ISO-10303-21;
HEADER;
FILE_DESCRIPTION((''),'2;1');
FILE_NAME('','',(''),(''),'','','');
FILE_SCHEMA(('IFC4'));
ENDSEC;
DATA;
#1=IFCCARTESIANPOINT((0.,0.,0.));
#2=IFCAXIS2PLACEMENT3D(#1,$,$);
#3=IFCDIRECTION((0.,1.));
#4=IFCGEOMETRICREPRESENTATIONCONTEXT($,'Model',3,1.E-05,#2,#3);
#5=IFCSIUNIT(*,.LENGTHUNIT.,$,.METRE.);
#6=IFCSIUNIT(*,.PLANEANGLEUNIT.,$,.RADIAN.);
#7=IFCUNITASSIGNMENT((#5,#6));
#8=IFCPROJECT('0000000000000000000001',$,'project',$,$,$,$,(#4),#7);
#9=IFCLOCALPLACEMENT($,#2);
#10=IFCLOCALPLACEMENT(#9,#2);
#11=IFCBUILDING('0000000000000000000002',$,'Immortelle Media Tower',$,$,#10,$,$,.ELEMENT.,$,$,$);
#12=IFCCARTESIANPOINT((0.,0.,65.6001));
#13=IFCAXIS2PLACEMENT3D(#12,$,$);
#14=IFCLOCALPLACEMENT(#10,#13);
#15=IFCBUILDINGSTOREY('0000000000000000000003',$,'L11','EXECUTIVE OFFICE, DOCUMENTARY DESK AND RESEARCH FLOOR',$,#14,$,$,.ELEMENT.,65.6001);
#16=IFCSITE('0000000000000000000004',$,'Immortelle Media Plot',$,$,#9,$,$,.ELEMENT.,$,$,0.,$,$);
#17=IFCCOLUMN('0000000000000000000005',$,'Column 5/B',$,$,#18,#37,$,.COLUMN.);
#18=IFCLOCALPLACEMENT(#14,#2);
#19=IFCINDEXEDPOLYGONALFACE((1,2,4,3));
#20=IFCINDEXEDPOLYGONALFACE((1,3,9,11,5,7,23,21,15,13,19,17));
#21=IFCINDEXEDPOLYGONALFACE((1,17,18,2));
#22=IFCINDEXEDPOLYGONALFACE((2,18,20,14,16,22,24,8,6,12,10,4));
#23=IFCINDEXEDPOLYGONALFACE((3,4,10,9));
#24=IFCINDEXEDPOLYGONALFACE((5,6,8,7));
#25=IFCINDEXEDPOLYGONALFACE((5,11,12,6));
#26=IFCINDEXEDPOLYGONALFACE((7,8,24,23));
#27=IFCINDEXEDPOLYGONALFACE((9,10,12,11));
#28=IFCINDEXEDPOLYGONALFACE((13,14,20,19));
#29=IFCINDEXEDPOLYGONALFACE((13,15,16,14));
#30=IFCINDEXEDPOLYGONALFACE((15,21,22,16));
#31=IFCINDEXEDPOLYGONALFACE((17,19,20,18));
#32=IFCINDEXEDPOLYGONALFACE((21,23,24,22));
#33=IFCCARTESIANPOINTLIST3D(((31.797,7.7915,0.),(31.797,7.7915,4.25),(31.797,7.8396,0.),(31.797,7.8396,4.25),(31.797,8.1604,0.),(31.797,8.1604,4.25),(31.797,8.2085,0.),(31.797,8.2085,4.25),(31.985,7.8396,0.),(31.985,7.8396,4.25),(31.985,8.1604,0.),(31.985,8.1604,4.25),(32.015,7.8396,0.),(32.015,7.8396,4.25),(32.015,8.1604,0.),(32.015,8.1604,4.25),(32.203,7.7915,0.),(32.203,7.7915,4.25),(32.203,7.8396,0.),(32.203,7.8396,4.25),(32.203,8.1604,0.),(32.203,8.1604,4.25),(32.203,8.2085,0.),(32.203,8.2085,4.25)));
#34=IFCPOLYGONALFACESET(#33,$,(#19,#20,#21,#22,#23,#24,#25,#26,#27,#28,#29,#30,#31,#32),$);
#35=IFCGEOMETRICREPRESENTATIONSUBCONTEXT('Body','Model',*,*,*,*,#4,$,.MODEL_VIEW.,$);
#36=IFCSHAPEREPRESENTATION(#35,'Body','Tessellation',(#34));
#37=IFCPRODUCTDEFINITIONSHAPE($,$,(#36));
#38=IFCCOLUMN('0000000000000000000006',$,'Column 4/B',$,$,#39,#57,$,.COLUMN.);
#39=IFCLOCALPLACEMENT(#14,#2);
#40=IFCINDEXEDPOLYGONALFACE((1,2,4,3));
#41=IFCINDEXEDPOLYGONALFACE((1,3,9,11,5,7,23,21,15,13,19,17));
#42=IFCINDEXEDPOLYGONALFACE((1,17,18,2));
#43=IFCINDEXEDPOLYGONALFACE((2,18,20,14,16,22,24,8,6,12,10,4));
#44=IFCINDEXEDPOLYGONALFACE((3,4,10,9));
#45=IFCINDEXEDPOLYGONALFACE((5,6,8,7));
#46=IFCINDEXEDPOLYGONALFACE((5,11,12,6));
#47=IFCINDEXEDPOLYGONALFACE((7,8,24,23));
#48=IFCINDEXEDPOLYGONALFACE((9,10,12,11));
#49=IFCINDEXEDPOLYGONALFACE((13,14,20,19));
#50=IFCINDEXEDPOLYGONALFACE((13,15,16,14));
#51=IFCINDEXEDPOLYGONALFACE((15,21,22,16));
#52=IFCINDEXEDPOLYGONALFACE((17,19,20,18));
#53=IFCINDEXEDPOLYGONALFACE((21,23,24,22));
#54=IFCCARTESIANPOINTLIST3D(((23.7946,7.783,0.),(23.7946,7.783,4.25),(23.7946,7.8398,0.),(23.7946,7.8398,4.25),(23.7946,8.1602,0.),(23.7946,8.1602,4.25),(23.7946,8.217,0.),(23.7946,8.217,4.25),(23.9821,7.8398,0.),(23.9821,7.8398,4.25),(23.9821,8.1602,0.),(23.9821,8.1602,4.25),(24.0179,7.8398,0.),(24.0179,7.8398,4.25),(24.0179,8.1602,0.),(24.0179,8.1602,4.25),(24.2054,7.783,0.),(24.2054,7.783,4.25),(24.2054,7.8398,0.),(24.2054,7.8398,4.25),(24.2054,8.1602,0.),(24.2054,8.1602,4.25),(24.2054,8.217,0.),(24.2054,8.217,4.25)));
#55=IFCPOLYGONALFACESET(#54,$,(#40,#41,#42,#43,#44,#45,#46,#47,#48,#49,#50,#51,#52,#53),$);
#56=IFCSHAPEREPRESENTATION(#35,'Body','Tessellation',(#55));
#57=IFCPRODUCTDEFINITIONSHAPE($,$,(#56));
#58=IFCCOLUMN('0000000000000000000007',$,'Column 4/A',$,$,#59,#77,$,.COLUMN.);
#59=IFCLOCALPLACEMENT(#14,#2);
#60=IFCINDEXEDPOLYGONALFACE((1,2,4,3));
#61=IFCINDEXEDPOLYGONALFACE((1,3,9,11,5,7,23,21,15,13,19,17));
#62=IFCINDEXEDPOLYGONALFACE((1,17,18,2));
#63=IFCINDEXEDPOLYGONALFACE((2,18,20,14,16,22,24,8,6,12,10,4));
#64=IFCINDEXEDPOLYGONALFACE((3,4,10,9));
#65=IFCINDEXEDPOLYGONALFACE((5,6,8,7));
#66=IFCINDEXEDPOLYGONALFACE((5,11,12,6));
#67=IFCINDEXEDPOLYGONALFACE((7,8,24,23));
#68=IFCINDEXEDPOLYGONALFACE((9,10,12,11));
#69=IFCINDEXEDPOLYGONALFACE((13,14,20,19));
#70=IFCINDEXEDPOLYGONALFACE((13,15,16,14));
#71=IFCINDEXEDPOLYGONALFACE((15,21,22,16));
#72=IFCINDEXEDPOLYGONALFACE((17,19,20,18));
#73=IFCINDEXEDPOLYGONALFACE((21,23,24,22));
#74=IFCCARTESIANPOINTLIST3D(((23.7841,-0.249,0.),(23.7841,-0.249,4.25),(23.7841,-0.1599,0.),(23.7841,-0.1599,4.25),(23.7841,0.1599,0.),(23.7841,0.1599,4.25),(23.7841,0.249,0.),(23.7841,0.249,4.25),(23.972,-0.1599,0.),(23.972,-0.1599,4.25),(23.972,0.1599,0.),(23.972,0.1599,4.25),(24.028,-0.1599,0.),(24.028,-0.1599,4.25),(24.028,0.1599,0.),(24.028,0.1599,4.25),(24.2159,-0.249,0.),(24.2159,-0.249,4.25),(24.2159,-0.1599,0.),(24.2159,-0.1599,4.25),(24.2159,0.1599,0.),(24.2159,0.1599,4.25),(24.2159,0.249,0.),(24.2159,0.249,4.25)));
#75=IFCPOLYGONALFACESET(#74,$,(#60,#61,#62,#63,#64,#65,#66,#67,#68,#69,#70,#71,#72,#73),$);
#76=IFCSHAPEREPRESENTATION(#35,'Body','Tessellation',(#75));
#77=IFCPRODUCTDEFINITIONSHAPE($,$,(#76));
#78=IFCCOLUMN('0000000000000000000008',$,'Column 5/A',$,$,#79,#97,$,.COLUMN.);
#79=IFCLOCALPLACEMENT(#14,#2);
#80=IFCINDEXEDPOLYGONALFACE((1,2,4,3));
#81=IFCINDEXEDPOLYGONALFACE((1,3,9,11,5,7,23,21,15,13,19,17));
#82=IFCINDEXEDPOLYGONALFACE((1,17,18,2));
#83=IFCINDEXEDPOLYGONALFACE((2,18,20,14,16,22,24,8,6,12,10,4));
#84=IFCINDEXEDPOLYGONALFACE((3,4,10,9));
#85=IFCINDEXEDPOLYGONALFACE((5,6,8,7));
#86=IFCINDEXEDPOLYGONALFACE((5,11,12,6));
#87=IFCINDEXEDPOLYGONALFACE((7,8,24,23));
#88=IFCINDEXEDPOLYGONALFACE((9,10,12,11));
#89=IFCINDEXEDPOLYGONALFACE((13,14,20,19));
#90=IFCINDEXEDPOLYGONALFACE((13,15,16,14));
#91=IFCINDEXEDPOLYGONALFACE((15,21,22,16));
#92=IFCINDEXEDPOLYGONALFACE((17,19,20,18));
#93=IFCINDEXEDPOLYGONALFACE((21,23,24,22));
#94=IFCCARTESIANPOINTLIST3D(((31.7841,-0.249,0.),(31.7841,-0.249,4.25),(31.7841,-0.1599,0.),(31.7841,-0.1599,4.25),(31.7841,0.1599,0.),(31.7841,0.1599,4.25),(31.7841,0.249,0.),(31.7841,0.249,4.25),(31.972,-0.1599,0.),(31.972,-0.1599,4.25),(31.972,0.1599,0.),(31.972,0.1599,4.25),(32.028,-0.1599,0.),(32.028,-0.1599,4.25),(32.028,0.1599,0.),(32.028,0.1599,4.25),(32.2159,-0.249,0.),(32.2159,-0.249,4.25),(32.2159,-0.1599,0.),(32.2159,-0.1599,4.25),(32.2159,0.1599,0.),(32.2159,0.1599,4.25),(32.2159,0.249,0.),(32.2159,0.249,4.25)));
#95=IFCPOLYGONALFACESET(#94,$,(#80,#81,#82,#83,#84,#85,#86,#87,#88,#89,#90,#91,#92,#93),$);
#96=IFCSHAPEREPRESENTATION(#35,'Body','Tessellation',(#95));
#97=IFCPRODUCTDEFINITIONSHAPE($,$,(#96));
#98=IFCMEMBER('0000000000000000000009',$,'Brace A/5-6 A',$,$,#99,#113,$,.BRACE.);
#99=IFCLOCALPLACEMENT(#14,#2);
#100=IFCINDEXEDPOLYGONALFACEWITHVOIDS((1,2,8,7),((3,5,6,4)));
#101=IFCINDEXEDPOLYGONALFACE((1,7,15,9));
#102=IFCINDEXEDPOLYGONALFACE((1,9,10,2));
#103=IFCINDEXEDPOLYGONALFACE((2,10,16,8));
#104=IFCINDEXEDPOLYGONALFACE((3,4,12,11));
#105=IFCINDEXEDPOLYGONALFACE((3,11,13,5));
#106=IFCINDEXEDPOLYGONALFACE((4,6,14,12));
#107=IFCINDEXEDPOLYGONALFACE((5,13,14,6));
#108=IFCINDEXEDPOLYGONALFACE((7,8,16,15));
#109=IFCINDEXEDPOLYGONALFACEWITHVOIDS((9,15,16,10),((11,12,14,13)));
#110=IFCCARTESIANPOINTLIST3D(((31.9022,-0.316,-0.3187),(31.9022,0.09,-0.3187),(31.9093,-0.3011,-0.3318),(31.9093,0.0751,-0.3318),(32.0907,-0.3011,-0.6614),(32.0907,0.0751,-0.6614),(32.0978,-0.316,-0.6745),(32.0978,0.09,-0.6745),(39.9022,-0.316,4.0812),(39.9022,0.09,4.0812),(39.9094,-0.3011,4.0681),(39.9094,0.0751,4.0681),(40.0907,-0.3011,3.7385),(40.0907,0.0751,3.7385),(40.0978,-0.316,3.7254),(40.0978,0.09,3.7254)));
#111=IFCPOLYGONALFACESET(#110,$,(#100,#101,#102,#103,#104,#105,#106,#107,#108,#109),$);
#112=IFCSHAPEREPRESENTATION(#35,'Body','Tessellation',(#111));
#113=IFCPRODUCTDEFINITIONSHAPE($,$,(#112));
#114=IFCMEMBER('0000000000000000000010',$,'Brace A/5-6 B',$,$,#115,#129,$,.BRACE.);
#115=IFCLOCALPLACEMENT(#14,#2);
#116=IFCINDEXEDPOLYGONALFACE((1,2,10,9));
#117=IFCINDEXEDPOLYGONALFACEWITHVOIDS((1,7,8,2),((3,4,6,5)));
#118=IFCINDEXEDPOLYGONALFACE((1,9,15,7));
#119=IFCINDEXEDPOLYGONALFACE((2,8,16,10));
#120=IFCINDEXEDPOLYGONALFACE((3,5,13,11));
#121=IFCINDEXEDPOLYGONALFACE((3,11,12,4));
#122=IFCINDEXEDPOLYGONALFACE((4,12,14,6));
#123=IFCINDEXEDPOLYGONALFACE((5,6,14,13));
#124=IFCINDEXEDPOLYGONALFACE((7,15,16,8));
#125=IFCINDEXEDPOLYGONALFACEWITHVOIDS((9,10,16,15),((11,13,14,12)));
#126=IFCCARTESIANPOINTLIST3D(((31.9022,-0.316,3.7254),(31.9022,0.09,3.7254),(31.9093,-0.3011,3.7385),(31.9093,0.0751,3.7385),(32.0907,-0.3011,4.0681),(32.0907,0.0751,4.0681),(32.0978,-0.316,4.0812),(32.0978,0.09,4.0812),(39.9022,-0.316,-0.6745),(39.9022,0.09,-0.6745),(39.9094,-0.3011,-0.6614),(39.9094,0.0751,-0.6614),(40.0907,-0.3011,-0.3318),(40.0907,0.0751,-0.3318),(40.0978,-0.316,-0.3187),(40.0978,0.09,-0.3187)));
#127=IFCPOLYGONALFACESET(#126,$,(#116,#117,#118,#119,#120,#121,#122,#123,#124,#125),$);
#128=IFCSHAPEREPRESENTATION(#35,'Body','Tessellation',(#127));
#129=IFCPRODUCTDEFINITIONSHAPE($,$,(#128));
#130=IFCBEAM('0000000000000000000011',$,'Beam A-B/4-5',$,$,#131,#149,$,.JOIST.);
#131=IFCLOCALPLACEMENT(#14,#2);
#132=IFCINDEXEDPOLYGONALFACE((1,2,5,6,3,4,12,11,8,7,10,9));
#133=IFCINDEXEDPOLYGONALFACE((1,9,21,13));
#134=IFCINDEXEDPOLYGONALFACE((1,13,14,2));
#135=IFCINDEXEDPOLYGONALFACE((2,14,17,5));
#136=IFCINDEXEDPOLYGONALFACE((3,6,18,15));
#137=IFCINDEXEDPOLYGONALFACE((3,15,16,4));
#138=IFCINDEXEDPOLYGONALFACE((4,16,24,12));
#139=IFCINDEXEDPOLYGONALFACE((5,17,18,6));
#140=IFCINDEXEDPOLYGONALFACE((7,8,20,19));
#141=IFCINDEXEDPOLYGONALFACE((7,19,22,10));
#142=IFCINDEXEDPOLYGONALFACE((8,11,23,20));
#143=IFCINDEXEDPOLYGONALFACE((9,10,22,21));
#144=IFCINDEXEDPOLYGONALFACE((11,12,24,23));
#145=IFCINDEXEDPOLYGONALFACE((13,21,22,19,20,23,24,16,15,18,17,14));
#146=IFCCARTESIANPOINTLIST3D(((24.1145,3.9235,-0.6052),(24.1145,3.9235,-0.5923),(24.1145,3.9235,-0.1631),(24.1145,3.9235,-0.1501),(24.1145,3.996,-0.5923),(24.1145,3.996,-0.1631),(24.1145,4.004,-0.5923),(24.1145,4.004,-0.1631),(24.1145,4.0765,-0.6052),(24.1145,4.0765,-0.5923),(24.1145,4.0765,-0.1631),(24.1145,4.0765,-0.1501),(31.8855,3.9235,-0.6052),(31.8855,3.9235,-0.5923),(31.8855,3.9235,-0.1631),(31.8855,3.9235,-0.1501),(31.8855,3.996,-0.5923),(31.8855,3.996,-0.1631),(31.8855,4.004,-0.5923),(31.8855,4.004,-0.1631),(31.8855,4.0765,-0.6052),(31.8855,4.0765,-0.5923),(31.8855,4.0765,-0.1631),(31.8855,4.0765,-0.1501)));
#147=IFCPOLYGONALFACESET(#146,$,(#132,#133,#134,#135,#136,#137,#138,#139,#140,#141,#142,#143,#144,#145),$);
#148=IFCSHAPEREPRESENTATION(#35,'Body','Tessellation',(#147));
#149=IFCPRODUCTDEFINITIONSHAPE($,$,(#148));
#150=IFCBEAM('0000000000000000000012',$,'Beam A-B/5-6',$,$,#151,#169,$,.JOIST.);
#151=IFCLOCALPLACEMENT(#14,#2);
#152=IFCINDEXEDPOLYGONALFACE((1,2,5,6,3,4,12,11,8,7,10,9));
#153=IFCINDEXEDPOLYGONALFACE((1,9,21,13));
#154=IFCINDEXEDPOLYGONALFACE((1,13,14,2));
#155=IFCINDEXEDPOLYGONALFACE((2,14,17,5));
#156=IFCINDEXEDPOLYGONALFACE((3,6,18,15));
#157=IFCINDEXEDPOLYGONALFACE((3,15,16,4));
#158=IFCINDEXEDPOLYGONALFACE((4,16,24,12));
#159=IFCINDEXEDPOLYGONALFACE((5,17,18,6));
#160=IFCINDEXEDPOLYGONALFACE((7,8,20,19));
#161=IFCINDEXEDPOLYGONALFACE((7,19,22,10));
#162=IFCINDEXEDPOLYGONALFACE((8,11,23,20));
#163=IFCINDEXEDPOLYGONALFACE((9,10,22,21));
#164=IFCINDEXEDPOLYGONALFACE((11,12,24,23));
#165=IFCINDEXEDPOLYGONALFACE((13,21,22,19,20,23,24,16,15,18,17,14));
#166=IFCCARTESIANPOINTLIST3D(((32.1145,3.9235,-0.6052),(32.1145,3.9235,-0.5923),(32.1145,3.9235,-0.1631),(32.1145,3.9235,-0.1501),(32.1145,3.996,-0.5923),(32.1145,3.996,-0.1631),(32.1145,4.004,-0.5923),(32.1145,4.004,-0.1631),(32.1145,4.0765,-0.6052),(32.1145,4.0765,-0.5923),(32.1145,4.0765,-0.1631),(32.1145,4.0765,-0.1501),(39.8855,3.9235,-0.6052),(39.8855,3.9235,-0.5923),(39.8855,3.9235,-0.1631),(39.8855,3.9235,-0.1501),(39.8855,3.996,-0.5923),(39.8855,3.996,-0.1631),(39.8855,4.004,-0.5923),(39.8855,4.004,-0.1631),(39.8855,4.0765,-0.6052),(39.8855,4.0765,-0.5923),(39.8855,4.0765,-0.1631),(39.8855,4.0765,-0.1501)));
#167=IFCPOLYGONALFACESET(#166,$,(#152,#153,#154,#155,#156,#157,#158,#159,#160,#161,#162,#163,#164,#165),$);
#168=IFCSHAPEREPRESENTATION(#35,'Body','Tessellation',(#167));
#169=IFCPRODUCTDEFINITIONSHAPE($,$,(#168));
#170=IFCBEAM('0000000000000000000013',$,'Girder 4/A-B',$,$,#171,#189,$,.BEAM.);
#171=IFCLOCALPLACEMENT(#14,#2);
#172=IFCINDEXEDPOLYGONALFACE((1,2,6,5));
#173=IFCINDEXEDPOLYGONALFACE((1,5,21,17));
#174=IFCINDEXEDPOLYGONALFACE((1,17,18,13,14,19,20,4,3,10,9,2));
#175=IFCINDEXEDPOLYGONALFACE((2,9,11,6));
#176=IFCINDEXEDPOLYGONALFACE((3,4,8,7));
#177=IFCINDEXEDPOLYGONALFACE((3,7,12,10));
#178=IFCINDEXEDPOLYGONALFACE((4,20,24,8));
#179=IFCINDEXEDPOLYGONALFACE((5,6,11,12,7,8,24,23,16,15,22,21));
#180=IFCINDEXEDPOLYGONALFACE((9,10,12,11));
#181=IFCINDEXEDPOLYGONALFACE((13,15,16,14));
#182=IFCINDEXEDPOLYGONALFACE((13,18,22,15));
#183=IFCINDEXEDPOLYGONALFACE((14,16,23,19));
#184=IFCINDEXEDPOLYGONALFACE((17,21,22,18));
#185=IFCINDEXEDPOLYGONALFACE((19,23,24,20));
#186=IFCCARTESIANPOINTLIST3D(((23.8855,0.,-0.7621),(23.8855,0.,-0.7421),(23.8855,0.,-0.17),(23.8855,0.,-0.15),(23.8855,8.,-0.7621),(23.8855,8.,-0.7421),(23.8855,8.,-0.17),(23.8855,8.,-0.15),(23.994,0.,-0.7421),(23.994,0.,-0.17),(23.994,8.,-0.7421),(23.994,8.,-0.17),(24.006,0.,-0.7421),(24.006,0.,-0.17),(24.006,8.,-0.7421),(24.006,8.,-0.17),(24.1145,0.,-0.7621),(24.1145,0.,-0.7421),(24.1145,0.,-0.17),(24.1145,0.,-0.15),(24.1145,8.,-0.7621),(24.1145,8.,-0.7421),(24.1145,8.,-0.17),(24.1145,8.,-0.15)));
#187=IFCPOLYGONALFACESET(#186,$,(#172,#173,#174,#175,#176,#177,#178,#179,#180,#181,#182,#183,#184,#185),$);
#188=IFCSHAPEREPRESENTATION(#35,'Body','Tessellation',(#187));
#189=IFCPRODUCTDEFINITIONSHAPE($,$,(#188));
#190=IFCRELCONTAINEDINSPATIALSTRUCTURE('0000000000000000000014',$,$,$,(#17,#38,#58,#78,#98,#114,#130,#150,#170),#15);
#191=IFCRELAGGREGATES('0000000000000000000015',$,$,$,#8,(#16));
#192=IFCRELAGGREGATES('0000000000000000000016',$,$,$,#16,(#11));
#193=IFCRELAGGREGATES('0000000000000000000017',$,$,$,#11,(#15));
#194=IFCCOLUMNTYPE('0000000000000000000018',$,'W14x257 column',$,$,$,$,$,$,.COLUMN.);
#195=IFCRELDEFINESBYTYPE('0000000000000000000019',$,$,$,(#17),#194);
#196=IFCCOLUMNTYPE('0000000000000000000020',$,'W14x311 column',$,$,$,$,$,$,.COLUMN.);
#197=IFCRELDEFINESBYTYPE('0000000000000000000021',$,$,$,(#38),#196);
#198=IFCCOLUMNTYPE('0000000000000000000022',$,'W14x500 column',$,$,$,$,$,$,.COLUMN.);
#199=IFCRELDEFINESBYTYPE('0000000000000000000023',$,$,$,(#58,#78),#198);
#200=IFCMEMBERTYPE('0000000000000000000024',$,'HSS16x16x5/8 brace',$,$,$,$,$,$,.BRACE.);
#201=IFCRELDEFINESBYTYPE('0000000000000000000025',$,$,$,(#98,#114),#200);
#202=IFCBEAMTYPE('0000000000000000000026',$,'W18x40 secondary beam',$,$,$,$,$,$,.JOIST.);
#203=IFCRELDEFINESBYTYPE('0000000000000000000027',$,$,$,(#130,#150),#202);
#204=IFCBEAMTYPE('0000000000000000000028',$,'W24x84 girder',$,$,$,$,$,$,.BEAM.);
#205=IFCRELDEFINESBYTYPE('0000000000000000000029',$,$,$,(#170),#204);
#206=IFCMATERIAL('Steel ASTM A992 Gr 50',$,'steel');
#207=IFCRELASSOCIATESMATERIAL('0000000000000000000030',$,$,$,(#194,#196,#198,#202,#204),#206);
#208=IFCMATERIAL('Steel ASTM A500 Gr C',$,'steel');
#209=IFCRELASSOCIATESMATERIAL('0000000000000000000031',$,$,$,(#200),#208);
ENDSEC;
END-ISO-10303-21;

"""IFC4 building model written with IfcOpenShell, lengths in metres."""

from ifc_helpers import new_model, si_unit, direction, frame, origin, origin_2d, place, context, subcontext, project, spatial, hollow_rectangle, i_section, extrude, material, material_profile, profile_set, type_object, element, save


model = new_model("IFC4")

# Units and contexts
model_context = context("Model", 3, precision=1e-05, world=origin(), true_north=direction((0.0, 1.0)))
body_context = subcontext(model_context, "Body", "Model", "MODEL_VIEW")
ifc_project = project(units=[si_unit("LENGTHUNIT", "METRE"), si_unit("PLANEANGLEUNIT", "RADIAN")], contexts=[model_context])

# Site, building, storey
site_placement = place(None, origin())
site = spatial("IfcSite", under=ifc_project, at=site_placement, Name="Immortelle Media Plot", CompositionType="ELEMENT", RefElevation=0.0)
building_placement = place(site_placement, origin())
building = spatial("IfcBuilding", under=site, at=building_placement, Name="Immortelle Media Tower", CompositionType="ELEMENT")
storey_placement = place(building_placement, frame((0.0, 0.0, 65.6001)))
storey = spatial("IfcBuildingStorey", under=building, at=storey_placement, Name="L11", Description="EXECUTIVE OFFICE, DOCUMENTARY DESK AND RESEARCH FLOOR", CompositionType="ELEMENT", Elevation=65.6001)

# Columns
ifc_material_1 = material(Name="Steel ASTM A992 Gr 50", Category="steel")
ifc_material_profile_1 = material_profile(ifc_material_1, i_section(OverallWidth=0.406, OverallDepth=0.417, WebThickness=0.03, FlangeThickness=0.0481, at=origin_2d()), Name="W14x257")
ifc_profile_set_1 = profile_set([ifc_material_profile_1], Name="Steel ASTM A992 Gr 50")
column_type_1 = type_object("IfcColumnType", Name="W14x257 column", PredefinedType="COLUMN", material=ifc_profile_set_1)
column_1_placement = place(storey_placement, frame((32.0, 8.0, 0.0), z_axis=(0.0, 0.0, 1.0), x_axis=(1.0, 0.0, 0.0)))
element("IfcColumn", 1, at=column_1_placement, inside=storey, type_object=column_type_1, Name="Column 5/B", PredefinedType="COLUMN", context=body_context, shape_type="SweptSolid", body=[
    extrude(i_section(OverallWidth=0.406, OverallDepth=0.417, WebThickness=0.03, FlangeThickness=0.0481, at=origin_2d()), origin(), (0.0, 0.0, 1.0), 4.25),
])
ifc_material_profile_2 = material_profile(ifc_material_1, i_section(OverallWidth=0.4109, OverallDepth=0.4341, WebThickness=0.0359, FlangeThickness=0.0569, at=origin_2d()), Name="W14x311")
ifc_profile_set_2 = profile_set([ifc_material_profile_2], Name="Steel ASTM A992 Gr 50")
column_type_2 = type_object("IfcColumnType", Name="W14x311 column", PredefinedType="COLUMN", material=ifc_profile_set_2)
column_2_placement = place(storey_placement, frame((24.0, 8.0, 0.0), z_axis=(0.0, 0.0, 1.0), x_axis=(1.0, 0.0, 0.0)))
element("IfcColumn", 2, at=column_2_placement, inside=storey, type_object=column_type_2, Name="Column 4/B", PredefinedType="COLUMN", context=body_context, shape_type="SweptSolid", body=[
    extrude(i_section(OverallWidth=0.4109, OverallDepth=0.4341, WebThickness=0.0359, FlangeThickness=0.0569, at=origin_2d()), origin(), (0.0, 0.0, 1.0), 4.25),
])
ifc_material_profile_3 = material_profile(ifc_material_1, i_section(OverallWidth=0.4319, OverallDepth=0.498, WebThickness=0.0559, FlangeThickness=0.0891, at=origin_2d()), Name="W14x500")
ifc_profile_set_3 = profile_set([ifc_material_profile_3], Name="Steel ASTM A992 Gr 50")
column_type_3 = type_object("IfcColumnType", Name="W14x500 column", PredefinedType="COLUMN", material=ifc_profile_set_3)
for number, where, z_axis, x_axis, name in (
    (3, (24.0, 0.0, 0.0), (0.0, 0.0, 1.0), (1.0, 0.0, 0.0), "Column 4/A"),
    (4, (32.0, 0.0, 0.0), (0.0, 0.0, 1.0), (1.0, 0.0, 0.0), "Column 5/A"),
):
    element("IfcColumn", number, at=place(storey_placement, frame(where, z_axis=z_axis, x_axis=x_axis)), inside=storey, type_object=column_type_3, Name=name, PredefinedType="COLUMN", context=body_context, shape_type="SweptSolid", body=[
        extrude(i_section(OverallWidth=0.4319, OverallDepth=0.498, WebThickness=0.0559, FlangeThickness=0.0891, at=origin_2d()), origin(), (0.0, 0.0, 1.0), 4.25),
    ])

# Members
ifc_material_2 = material(Name="Steel ASTM A500 Gr C", Category="steel")
ifc_material_profile_4 = material_profile(ifc_material_2, hollow_rectangle(XDim=0.406, YDim=0.406, WallThickness=0.0149, at=origin_2d()), Name="HSS16x16x5/8 brace")
ifc_profile_set_4 = profile_set([ifc_material_profile_4], Name="Steel ASTM A500 Gr C")
member_type = type_object("IfcMemberType", Name="HSS16x16x5/8 brace", PredefinedType="BRACE", material=ifc_profile_set_4)
for number, where, z_axis, x_axis, name in (
    (5, (32.0, -0.113, -0.4966), (0.87622, 0.0, 0.481911), (0.0, 1.0, 0.0), "Brace A/5-6 A"),
    (6, (32.0, -0.113, 3.9033), (0.87622, 0.0, -0.481911), (0.0, 1.0, 0.0), "Brace A/5-6 B"),
):
    element("IfcMember", number, at=place(storey_placement, frame(where, z_axis=z_axis, x_axis=x_axis)), inside=storey, type_object=member_type, Name=name, PredefinedType="BRACE", context=body_context, shape_type="SweptSolid", body=[
        extrude(hollow_rectangle(XDim=0.406, YDim=0.406, WallThickness=0.0149, at=origin_2d()), origin(), (0.0, 0.0, 1.0), 9.1301),
    ])

# Beams
ifc_material_profile_5 = material_profile(ifc_material_1, i_section(OverallWidth=0.1531, OverallDepth=0.4551, WebThickness=0.0081, FlangeThickness=0.0129, at=origin_2d()), Name="W18x40")
ifc_profile_set_5 = profile_set([ifc_material_profile_5], Name="Steel ASTM A992 Gr 50")
beam_type_1 = type_object("IfcBeamType", Name="W18x40 secondary beam", PredefinedType="JOIST", material=ifc_profile_set_5)
for number, where, z_axis, x_axis, name in (
    (7, (24.1145, 4.0, -0.3777), (1.0, 0.0, 0.0), (0.0, 1.0, 0.0), "Beam A-B/4-5"),
    (8, (32.1145, 4.0, -0.3777), (1.0, 0.0, 0.0), (0.0, 1.0, 0.0), "Beam A-B/5-6"),
):
    element("IfcBeam", number, at=place(storey_placement, frame(where, z_axis=z_axis, x_axis=x_axis)), inside=storey, type_object=beam_type_1, Name=name, PredefinedType="JOIST", context=body_context, shape_type="SweptSolid", body=[
        extrude(i_section(OverallWidth=0.1531, OverallDepth=0.4551, WebThickness=0.0081, FlangeThickness=0.0129, at=origin_2d()), origin(), (0.0, 0.0, 1.0), 7.771),
    ])
ifc_material_profile_6 = material_profile(ifc_material_1, i_section(OverallWidth=0.229, OverallDepth=0.6121, WebThickness=0.012, FlangeThickness=0.02, at=origin_2d()), Name="W24x84")
ifc_profile_set_6 = profile_set([ifc_material_profile_6], Name="Steel ASTM A992 Gr 50")
beam_type_2 = type_object("IfcBeamType", Name="W24x84 girder", PredefinedType="BEAM", material=ifc_profile_set_6)
for number, where, z_axis, x_axis, name in (
    (9, (24.0, 0.0, -0.4561), (0.0, 1.0, 0.0), (-1.0, 0.0, 0.0), "Girder 4/A-B"),
):
    element("IfcBeam", number, at=place(storey_placement, frame(where, z_axis=z_axis, x_axis=x_axis)), inside=storey, type_object=beam_type_2, Name=name, PredefinedType="BEAM", context=body_context, shape_type="SweptSolid", body=[
        extrude(i_section(OverallWidth=0.229, OverallDepth=0.6121, WebThickness=0.012, FlangeThickness=0.02, at=origin_2d()), origin(), (0.0, 0.0, 1.0), 8.0),
    ])

save(model, "model.ifc")
